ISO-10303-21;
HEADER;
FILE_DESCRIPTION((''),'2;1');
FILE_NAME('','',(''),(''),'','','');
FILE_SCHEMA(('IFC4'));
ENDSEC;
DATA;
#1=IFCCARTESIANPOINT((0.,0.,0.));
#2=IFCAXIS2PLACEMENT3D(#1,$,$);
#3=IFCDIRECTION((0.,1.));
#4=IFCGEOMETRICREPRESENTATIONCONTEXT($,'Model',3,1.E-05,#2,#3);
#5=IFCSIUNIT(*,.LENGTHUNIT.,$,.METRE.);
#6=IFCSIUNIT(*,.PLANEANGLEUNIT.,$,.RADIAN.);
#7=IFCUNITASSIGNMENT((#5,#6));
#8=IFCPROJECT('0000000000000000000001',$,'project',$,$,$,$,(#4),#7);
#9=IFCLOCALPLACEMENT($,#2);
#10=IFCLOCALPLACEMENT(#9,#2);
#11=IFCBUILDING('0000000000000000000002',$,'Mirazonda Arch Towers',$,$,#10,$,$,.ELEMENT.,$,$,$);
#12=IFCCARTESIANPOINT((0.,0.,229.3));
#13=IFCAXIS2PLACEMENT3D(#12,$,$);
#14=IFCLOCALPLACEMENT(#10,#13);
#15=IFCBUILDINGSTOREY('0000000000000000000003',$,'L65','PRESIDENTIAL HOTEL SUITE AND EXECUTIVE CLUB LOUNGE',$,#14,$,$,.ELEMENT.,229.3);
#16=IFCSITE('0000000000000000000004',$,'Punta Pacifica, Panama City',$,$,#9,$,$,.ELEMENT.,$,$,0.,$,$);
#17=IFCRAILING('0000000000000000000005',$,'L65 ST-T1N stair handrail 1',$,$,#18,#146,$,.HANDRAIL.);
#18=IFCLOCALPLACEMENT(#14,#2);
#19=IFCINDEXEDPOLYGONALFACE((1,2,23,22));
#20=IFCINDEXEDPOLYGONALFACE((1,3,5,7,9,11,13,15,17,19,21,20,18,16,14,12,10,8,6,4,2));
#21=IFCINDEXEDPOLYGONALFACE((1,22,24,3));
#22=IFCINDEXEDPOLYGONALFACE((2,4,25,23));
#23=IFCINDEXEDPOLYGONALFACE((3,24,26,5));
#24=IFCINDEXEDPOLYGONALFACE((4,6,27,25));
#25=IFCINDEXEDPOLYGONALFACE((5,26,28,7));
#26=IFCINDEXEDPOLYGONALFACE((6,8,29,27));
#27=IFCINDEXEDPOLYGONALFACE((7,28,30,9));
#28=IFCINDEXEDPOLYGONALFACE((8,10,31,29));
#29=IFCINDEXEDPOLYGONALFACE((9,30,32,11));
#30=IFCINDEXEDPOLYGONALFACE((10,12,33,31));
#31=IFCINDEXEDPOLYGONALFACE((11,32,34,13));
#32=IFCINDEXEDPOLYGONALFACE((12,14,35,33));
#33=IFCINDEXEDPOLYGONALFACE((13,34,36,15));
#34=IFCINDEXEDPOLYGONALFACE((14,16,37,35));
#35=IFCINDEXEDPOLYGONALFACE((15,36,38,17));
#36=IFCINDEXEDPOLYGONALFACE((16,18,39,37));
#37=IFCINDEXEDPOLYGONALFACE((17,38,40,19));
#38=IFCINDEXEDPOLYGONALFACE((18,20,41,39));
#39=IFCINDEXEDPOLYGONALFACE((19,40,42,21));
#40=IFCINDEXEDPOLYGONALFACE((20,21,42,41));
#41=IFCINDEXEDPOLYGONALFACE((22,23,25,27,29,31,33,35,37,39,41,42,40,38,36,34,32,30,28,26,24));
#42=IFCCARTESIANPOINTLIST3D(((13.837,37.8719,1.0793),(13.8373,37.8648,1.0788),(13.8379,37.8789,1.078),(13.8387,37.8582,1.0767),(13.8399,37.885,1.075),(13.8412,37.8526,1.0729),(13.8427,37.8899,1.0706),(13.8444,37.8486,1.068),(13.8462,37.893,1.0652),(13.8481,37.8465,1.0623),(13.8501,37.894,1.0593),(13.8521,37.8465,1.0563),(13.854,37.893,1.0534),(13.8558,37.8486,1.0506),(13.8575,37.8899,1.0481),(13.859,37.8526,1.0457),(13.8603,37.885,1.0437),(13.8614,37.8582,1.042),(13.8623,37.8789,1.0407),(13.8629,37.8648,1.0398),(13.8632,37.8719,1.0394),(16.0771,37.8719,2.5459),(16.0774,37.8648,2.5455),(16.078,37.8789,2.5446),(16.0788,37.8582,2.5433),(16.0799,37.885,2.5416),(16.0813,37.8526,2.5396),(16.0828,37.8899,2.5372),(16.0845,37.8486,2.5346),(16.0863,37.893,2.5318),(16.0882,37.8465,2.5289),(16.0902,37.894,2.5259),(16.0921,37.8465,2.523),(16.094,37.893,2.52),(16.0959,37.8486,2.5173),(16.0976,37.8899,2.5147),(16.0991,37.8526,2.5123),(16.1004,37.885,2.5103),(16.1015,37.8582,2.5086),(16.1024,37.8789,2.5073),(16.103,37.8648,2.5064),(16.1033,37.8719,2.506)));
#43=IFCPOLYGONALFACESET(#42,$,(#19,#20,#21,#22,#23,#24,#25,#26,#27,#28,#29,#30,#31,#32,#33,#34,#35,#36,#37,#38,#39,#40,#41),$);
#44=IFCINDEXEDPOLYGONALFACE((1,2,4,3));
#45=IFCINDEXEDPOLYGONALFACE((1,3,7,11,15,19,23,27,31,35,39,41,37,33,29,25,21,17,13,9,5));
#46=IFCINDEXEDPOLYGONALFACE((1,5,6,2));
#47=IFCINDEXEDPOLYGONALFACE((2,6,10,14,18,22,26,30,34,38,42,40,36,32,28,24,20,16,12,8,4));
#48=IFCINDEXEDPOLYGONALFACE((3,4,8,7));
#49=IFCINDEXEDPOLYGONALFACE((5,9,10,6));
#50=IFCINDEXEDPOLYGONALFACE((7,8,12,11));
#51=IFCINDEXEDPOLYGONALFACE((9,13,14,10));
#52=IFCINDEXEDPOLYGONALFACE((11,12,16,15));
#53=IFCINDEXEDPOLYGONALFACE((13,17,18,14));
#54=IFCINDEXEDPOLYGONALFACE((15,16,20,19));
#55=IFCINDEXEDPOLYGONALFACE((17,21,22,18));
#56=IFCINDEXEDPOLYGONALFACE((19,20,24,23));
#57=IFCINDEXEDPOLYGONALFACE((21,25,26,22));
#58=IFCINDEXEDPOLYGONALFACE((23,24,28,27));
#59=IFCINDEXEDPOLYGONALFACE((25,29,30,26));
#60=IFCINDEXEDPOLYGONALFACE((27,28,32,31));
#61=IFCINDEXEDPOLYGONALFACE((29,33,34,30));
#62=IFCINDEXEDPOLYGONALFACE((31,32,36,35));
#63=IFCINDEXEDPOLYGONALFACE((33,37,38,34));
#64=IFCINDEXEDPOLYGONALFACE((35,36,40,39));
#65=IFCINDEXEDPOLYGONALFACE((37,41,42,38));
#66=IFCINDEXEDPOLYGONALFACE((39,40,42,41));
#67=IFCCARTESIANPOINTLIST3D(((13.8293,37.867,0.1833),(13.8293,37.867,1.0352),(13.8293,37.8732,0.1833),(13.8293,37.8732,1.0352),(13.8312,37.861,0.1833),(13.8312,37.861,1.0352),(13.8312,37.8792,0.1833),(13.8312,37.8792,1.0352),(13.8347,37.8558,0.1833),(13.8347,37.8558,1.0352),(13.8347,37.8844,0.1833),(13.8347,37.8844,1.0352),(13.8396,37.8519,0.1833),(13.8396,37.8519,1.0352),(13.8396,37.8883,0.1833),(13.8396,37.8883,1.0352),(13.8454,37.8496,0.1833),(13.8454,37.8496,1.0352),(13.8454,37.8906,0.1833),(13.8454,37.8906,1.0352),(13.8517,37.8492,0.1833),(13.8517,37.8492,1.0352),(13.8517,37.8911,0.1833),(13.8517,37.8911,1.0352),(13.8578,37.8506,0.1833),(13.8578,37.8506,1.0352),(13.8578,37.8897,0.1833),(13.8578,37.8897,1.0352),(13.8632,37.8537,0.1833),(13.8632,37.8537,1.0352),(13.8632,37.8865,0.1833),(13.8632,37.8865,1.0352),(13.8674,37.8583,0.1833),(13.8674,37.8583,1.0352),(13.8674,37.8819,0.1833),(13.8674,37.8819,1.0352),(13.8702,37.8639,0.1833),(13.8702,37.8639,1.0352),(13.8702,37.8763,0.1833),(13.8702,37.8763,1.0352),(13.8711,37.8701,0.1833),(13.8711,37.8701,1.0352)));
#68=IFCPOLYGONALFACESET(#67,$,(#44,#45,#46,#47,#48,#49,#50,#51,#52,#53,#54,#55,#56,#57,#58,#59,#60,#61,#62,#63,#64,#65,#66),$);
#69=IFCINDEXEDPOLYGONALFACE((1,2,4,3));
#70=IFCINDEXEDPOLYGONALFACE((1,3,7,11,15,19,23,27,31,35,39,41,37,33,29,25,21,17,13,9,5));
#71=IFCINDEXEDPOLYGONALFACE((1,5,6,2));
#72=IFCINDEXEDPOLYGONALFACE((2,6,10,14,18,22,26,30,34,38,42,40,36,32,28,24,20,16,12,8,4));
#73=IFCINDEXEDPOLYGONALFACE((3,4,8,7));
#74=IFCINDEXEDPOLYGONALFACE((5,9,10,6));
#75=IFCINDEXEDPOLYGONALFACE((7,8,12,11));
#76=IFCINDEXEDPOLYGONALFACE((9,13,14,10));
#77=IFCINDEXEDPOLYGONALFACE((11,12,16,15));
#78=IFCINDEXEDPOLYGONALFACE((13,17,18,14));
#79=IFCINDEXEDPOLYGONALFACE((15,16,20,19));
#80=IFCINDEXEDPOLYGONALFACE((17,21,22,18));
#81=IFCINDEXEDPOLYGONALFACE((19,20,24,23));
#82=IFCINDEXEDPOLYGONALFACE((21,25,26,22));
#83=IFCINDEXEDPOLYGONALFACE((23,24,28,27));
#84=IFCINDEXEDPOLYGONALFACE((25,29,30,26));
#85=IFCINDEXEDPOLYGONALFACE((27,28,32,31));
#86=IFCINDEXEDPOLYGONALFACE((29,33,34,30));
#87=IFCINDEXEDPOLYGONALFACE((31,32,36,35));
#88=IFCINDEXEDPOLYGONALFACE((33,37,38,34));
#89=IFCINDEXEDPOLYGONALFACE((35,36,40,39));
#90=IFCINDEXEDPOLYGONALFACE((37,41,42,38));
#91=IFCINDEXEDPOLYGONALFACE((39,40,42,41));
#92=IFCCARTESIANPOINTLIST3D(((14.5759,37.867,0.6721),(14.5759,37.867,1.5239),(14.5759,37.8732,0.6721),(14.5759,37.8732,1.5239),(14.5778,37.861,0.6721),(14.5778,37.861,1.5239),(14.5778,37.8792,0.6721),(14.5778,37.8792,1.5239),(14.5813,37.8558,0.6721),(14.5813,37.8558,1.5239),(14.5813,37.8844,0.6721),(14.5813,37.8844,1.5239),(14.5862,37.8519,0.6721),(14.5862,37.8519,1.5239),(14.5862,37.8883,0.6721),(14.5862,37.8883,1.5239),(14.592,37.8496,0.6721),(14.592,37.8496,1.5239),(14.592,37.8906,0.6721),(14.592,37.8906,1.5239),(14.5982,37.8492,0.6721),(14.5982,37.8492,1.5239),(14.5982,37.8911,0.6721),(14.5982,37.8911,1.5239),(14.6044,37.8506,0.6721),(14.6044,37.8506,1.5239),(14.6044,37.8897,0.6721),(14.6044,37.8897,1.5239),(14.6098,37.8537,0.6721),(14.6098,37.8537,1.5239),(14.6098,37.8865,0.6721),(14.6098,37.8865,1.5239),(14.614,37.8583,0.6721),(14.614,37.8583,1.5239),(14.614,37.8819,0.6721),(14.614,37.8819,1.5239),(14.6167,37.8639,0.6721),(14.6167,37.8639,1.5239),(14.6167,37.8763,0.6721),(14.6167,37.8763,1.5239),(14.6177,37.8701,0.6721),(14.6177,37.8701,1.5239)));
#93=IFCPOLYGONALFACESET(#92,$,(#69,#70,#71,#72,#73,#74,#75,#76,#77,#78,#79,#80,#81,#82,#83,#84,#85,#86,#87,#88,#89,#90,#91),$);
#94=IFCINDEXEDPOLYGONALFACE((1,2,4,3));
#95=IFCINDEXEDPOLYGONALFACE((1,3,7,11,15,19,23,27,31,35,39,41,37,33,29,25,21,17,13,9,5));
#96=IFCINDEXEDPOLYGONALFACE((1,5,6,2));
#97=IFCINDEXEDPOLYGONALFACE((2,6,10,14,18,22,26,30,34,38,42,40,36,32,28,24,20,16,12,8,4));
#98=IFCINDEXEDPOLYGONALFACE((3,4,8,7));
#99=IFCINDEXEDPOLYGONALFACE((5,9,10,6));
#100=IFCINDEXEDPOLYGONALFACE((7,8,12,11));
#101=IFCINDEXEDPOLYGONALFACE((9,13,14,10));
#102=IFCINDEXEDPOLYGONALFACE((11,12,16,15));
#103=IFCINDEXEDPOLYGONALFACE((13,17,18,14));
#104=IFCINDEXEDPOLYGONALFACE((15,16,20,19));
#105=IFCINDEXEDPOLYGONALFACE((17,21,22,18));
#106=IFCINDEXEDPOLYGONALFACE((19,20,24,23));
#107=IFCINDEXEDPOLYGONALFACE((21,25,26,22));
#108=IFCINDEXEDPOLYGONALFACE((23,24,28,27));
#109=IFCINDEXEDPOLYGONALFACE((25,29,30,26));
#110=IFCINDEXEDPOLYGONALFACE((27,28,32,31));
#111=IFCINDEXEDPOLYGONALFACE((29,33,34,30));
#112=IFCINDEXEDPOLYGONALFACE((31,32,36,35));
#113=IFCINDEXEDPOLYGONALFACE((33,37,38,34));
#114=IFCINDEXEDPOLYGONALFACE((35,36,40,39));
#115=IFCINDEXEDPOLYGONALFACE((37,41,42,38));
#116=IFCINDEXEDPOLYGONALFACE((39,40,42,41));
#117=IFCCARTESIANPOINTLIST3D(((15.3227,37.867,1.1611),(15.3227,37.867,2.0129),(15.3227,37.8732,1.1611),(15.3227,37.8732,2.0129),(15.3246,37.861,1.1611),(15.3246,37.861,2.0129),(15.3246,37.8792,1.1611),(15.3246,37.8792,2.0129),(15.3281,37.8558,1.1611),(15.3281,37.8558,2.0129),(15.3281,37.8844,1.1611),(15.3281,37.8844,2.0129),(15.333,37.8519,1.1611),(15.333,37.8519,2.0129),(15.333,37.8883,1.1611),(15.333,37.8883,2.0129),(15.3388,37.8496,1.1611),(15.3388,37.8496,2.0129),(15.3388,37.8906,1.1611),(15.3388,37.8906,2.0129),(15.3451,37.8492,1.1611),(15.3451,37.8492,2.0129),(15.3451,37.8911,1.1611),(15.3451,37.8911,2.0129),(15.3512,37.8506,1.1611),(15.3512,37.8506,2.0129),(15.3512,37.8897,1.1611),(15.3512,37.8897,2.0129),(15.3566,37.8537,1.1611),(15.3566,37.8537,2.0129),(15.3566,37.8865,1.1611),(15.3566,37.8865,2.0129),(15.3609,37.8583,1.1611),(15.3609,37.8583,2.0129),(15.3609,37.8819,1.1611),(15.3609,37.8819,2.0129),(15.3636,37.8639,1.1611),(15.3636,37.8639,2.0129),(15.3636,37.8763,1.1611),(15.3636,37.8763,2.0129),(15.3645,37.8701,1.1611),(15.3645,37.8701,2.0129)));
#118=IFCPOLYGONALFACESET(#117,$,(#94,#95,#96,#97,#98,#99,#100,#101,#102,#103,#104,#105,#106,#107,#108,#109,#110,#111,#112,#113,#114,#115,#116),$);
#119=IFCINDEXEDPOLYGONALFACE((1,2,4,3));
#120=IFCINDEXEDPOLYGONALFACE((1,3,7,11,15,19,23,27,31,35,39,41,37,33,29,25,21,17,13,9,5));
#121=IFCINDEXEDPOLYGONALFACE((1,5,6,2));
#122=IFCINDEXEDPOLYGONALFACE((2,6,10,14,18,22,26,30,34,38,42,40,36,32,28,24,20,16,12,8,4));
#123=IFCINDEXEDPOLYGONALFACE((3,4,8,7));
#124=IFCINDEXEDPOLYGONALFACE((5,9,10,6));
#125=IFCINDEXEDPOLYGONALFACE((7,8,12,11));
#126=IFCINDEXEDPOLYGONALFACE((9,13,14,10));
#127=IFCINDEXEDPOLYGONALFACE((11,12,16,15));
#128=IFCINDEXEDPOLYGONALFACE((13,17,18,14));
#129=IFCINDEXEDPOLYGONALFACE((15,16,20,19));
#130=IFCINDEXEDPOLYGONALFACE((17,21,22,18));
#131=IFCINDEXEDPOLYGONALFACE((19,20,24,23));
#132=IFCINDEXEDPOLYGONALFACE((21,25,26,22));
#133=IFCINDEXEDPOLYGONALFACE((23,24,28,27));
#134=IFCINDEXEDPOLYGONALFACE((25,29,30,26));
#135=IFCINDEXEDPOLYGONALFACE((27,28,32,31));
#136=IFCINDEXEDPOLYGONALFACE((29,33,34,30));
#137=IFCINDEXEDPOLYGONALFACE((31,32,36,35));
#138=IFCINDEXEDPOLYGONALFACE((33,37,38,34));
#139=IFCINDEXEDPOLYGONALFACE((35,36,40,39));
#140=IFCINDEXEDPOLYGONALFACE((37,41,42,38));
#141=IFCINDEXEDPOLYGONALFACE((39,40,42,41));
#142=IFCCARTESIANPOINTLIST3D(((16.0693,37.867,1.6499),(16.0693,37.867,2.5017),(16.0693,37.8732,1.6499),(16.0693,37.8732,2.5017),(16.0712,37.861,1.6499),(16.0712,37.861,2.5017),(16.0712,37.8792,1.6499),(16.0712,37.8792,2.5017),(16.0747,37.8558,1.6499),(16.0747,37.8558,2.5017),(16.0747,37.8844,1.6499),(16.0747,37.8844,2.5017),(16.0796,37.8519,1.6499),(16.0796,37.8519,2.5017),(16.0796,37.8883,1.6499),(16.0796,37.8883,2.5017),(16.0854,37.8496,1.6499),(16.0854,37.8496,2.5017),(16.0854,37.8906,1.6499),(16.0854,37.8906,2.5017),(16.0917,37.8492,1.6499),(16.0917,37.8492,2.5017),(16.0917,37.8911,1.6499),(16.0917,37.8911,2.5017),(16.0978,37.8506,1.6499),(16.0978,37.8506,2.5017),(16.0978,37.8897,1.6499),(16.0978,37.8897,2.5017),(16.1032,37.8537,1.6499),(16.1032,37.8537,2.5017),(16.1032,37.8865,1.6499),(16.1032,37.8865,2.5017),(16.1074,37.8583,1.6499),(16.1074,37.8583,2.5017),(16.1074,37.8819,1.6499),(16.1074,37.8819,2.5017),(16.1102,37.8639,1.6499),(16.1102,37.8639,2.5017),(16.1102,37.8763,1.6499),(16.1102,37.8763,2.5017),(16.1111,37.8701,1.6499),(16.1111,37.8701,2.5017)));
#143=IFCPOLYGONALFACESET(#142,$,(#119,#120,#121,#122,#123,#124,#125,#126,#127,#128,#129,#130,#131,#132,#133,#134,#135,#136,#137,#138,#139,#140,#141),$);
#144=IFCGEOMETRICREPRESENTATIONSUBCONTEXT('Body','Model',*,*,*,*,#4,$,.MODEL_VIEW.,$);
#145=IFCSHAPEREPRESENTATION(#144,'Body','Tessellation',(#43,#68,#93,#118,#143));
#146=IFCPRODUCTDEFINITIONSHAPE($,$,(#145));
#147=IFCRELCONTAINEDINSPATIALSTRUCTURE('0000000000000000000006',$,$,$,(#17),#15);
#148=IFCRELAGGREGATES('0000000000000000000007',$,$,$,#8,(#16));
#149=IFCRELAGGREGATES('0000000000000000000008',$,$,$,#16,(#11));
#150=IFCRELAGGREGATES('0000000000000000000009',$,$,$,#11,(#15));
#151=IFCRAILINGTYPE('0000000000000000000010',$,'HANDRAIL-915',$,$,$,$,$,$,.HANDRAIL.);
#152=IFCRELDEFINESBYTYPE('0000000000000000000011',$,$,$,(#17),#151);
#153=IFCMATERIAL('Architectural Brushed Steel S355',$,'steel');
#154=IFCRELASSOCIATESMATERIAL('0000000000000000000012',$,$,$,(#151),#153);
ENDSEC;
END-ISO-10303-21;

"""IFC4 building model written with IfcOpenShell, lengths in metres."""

from ifc_helpers import new_model, si_unit, direction, frame, origin, origin_2d, place, context, subcontext, project, spatial, circle, extrude, material, type_object, element, save


model = new_model("IFC4")

# Units and contexts
model_context = context("Model", 3, precision=1e-05, world=origin(), true_north=direction((0.0, 1.0)))
body_context = subcontext(model_context, "Body", "Model", "MODEL_VIEW")
ifc_project = project(units=[si_unit("LENGTHUNIT", "METRE"), si_unit("PLANEANGLEUNIT", "RADIAN")], contexts=[model_context])

# Site, building, storey
site_placement = place(None, origin())
site = spatial("IfcSite", under=ifc_project, at=site_placement, Name="Punta Pacifica, Panama City", CompositionType="ELEMENT", RefElevation=0.0)
building_placement = place(site_placement, origin())
building = spatial("IfcBuilding", under=site, at=building_placement, Name="Mirazonda Arch Towers", CompositionType="ELEMENT")
storey_placement = place(building_placement, frame((0.0, 0.0, 229.3)))
storey = spatial("IfcBuildingStorey", under=building, at=storey_placement, Name="L65", Description="PRESIDENTIAL HOTEL SUITE AND EXECUTIVE CLUB LOUNGE", CompositionType="ELEMENT", Elevation=229.3)

# Shared definitions
ifc_material_1 = material(Name="Architectural Brushed Steel S355", Category="steel")

# Railing
railing_type_1 = type_object("IfcRailingType", Name="HANDRAIL-915", PredefinedType="HANDRAIL", material=ifc_material_1)
railing_1_placement = place(storey_placement, frame((13.8501, 37.8701, 0.1833)))
element("IfcRailing", 1, at=railing_1_placement, inside=storey, type_object=railing_type_1, Name="L65 ST-T1N stair handrail 1", PredefinedType="HANDRAIL", context=body_context, shape_type="SweptSolid", body=[
    extrude(circle(Radius=0.0239, at=origin_2d()), frame((0.0, 0.0, 0.876), z_axis=(0.836637, 0.0, 0.547758), x_axis=(0.0, 1.0, 0.0)), (0.0, 0.0, 1.0), 2.6775),
    extrude(circle(Radius=0.021, at=origin_2d()), origin(), (0.0, 0.0, 1.0), 0.8518),
    extrude(circle(Radius=0.021, at=origin_2d()), frame((0.7466, 0.0, 0.4888)), (0.0, 0.0, 1.0), 0.8518),
    extrude(circle(Radius=0.021, at=origin_2d()), frame((1.4934, 0.0, 0.9778)), (0.0, 0.0, 1.0), 0.8518),
    extrude(circle(Radius=0.021, at=origin_2d()), frame((2.24, 0.0, 1.4666)), (0.0, 0.0, 1.0), 0.8518),
])

save(model, "model.ifc")
